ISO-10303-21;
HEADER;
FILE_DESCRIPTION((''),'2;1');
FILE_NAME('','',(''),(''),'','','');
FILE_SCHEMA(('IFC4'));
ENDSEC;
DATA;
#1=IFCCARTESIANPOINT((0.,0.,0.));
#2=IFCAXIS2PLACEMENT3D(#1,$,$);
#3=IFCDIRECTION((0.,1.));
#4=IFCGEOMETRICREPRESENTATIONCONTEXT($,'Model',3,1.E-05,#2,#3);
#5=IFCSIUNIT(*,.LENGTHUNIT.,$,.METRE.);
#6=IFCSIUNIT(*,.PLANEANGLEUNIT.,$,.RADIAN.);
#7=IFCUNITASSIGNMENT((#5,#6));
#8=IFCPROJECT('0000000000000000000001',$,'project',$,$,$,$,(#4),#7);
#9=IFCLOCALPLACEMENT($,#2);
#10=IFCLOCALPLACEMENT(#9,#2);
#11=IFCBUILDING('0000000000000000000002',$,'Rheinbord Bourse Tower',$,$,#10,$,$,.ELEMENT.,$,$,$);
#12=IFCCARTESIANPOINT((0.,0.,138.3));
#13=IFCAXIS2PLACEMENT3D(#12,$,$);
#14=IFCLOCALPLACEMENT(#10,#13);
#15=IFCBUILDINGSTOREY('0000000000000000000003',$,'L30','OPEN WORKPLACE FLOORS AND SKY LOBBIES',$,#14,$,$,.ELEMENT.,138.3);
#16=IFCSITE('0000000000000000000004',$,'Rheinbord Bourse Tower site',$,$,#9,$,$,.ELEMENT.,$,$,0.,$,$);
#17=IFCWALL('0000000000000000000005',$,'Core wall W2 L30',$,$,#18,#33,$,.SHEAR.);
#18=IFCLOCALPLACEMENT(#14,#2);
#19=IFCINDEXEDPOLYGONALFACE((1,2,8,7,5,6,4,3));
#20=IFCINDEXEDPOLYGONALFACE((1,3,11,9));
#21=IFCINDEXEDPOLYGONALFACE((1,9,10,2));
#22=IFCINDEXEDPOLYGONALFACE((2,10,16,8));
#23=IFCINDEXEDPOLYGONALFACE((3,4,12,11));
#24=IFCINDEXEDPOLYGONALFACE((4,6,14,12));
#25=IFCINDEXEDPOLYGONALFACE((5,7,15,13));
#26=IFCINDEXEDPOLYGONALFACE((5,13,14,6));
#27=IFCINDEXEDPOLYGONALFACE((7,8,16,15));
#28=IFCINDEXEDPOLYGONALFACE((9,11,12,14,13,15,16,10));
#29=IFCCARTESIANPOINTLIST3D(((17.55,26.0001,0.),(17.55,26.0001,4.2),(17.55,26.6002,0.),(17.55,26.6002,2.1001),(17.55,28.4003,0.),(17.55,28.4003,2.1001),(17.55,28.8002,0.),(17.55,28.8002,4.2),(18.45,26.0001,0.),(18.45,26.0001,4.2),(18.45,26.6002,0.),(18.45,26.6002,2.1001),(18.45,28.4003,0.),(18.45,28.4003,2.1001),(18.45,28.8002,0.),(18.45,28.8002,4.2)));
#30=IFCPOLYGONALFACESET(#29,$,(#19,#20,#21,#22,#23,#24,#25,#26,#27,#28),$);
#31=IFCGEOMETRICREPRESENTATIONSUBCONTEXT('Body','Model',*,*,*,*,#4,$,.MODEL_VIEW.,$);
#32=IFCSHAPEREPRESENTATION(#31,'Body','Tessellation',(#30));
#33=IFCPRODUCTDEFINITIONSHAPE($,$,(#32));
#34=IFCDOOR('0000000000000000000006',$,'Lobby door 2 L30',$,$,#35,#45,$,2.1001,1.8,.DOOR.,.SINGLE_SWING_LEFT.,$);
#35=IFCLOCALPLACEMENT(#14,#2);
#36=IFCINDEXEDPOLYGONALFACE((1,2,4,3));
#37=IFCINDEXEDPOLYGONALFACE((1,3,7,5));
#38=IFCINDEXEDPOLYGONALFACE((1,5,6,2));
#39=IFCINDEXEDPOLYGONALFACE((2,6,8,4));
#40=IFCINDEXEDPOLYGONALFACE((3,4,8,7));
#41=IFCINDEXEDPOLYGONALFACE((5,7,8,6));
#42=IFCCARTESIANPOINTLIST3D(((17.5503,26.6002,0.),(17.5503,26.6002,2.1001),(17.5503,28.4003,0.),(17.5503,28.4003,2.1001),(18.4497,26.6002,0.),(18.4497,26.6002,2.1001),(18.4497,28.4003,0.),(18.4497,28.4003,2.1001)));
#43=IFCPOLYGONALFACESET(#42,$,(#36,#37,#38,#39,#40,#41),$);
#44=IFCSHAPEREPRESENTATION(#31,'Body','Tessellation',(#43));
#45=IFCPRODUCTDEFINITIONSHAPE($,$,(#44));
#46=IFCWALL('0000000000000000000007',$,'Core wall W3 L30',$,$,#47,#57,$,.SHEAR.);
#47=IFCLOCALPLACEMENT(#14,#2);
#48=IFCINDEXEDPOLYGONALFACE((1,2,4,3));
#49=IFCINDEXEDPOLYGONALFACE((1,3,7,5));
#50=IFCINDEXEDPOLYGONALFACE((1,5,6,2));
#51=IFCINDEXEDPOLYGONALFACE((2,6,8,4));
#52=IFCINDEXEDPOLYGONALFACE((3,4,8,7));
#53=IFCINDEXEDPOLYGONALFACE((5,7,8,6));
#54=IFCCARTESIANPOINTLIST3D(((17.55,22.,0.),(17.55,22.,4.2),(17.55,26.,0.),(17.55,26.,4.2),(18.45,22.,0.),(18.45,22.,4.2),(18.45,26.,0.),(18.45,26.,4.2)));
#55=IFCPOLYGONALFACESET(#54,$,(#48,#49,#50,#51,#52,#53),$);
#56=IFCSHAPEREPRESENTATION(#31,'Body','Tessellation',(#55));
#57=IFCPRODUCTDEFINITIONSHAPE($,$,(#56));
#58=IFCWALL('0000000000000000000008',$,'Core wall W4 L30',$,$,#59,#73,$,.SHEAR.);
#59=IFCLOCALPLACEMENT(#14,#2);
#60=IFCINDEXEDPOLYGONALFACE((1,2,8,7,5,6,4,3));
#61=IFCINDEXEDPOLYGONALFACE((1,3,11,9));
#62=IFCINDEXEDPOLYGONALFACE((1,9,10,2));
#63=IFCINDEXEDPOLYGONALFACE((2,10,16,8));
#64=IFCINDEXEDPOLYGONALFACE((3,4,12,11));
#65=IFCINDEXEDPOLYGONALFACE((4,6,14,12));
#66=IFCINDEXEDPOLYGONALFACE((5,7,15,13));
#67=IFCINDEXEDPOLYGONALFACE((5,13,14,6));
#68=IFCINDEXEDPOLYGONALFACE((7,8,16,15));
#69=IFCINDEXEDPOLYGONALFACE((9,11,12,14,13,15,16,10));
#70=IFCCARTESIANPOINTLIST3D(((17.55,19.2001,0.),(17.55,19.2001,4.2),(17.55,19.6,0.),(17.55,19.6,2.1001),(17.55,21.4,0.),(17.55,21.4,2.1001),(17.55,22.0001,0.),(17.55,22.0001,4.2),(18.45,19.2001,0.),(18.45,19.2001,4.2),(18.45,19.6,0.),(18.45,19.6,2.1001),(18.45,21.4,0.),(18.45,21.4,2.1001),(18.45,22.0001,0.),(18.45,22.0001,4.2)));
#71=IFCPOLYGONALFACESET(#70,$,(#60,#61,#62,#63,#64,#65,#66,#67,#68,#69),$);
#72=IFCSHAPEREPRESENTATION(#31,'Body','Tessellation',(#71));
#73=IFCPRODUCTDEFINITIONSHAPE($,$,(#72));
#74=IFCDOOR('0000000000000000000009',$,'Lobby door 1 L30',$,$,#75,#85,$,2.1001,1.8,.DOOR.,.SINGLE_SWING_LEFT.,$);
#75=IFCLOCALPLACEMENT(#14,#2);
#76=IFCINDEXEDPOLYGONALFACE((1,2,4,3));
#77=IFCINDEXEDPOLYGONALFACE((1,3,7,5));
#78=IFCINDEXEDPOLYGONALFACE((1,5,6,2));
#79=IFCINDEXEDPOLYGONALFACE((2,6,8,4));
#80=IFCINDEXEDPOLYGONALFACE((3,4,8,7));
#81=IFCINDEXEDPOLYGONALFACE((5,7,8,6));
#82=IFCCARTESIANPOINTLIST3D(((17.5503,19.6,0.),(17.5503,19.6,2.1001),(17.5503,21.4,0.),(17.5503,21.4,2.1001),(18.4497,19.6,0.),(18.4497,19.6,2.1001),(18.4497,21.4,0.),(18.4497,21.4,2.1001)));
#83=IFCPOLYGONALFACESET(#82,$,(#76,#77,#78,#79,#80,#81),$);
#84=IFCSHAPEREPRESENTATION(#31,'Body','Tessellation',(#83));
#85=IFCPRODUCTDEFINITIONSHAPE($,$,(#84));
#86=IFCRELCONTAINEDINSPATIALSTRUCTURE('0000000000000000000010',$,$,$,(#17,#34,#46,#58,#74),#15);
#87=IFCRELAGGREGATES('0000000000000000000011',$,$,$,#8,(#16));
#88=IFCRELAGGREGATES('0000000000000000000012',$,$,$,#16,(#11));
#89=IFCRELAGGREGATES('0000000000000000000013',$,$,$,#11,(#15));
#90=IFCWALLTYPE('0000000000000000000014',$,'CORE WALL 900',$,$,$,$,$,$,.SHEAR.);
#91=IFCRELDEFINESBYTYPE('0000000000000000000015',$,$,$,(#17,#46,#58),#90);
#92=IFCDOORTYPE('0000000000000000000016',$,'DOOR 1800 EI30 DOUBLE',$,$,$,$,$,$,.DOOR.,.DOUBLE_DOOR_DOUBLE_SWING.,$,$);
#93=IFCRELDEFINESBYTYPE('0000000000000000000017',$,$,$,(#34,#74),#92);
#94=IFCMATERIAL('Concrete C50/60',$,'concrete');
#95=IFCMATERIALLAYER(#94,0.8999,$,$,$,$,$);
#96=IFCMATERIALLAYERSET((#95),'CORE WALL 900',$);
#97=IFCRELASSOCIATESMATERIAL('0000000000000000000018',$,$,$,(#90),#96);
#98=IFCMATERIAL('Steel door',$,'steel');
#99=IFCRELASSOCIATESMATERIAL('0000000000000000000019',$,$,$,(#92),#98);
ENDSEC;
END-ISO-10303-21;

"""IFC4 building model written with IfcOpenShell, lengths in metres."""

from ifc_helpers import new_model, si_unit, direction, frame, frame_2d, origin, place, context, subcontext, project, spatial, rectangle, extrude, material, layer, layer_set, type_object, element, fill, save


model = new_model("IFC4")

# Units and contexts
model_context = context("Model", 3, precision=1e-05, world=origin(), true_north=direction((0.0, 1.0)))
body_context = subcontext(model_context, "Body", "Model", "MODEL_VIEW")
ifc_project = project(units=[si_unit("LENGTHUNIT", "METRE"), si_unit("PLANEANGLEUNIT", "RADIAN")], contexts=[model_context])

# Site, building, storey
site_placement = place(None, origin())
site = spatial("IfcSite", under=ifc_project, at=site_placement, Name="Rheinbord Bourse Tower site", CompositionType="ELEMENT", RefElevation=0.0)
building_placement = place(site_placement, origin())
building = spatial("IfcBuilding", under=site, at=building_placement, Name="Rheinbord Bourse Tower", CompositionType="ELEMENT")
storey_placement = place(building_placement, frame((0.0, 0.0, 138.3)))
storey = spatial("IfcBuildingStorey", under=building, at=storey_placement, Name="L30", Description="OPEN WORKPLACE FLOORS AND SKY LOBBIES", CompositionType="ELEMENT", Elevation=138.3)

# Wall, opening, door
ifc_material_1 = material(Name="Concrete C50/60", Category="concrete")
ifc_layer_1 = layer(ifc_material_1, 0.8999)
ifc_layer_set_1 = layer_set([ifc_layer_1], Name="CORE WALL 900")
wall_type_1 = type_object("IfcWallType", Name="CORE WALL 900", PredefinedType="SHEAR", material=ifc_layer_set_1)
wall_1_placement = place(storey_placement, frame((18.0, 28.8, 0.0), z_axis=(0.0, 0.0, 1.0), x_axis=(0.0, -1.0, 0.0)))
wall_1 = element("IfcWall", 1, at=wall_1_placement, inside=storey, type_object=wall_type_1, Name="Core wall W2 L30", PredefinedType="SHEAR", context=body_context, shape_type="SweptSolid", body=[
    extrude(rectangle(XDim=2.8, YDim=0.8999, at=frame_2d((1.3999, 0.0))), origin(), (0.0, 0.0, 1.0), 4.2),
])
opening_1_placement = place(wall_1_placement, frame((0.3999, 0.0, 0.0)))
opening_1 = element("IfcOpeningElement", 2, at=opening_1_placement, cuts=wall_1, PredefinedType="OPENING", context=body_context, shape_type="SweptSolid", body=[
    extrude(rectangle(XDim=1.8, YDim=2.1001, at=frame_2d((0.8999, 1.05))), frame((0.0, 0.46, 0.0), z_axis=(0.0, -1.0, 0.0), x_axis=(1.0, 0.0, 0.0)), (0.0, 0.0, 1.0), 0.9199),
])
ifc_material_2 = material(Name="Steel door", Category="steel")
door_type_1 = type_object("IfcDoorType", Name="DOOR 1800 EI30 DOUBLE", OperationType="DOUBLE_DOOR_DOUBLE_SWING", PredefinedType="DOOR", material=ifc_material_2)
door_1_placement = place(opening_1_placement, origin())
door_1 = element("IfcDoor", 3, at=door_1_placement, inside=storey, type_object=door_type_1, Name="Lobby door 2 L30", OperationType="SINGLE_SWING_LEFT", OverallHeight=2.1001, OverallWidth=1.8, PredefinedType="DOOR", context=body_context, shape_type="SweptSolid", body=[
    extrude(rectangle(XDim=1.8, YDim=2.1001, at=frame_2d((0.8999, 1.05))), frame((0.0, 0.4497, 0.0), z_axis=(0.0, -1.0, 0.0), x_axis=(1.0, 0.0, 0.0)), (0.0, 0.0, 1.0), 0.8994),
])
fill(opening_1, door_1)

# Wall
wall_2_placement = place(storey_placement, frame((18.0, 26.0, 0.0), z_axis=(0.0, 0.0, 1.0), x_axis=(0.0, -1.0, 0.0)))
element("IfcWall", 4, at=wall_2_placement, inside=storey, type_object=wall_type_1, Name="Core wall W3 L30", PredefinedType="SHEAR", context=body_context, shape_type="SweptSolid", body=[
    extrude(rectangle(XDim=4.0, YDim=0.8999, at=frame_2d((2.0, 0.0))), origin(), (0.0, 0.0, 1.0), 4.2),
])

# Wall, opening, door
wall_3_placement = place(storey_placement, frame((18.0, 22.0, 0.0), z_axis=(0.0, 0.0, 1.0), x_axis=(0.0, -1.0, 0.0)))
wall_3 = element("IfcWall", 5, at=wall_3_placement, inside=storey, type_object=wall_type_1, Name="Core wall W4 L30", PredefinedType="SHEAR", context=body_context, shape_type="SweptSolid", body=[
    extrude(rectangle(XDim=2.8, YDim=0.8999, at=frame_2d((1.3999, 0.0))), origin(), (0.0, 0.0, 1.0), 4.2),
])
opening_2_placement = place(wall_3_placement, frame((0.6001, 0.0, 0.0)))
opening_2 = element("IfcOpeningElement", 6, at=opening_2_placement, cuts=wall_3, PredefinedType="OPENING", context=body_context, shape_type="SweptSolid", body=[
    extrude(rectangle(XDim=1.8, YDim=2.1001, at=frame_2d((0.8999, 1.05))), frame((0.0, 0.46, 0.0), z_axis=(0.0, -1.0, 0.0), x_axis=(1.0, 0.0, 0.0)), (0.0, 0.0, 1.0), 0.9199),
])
door_2_placement = place(opening_2_placement, origin())
door_2 = element("IfcDoor", 7, at=door_2_placement, inside=storey, type_object=door_type_1, Name="Lobby door 1 L30", OperationType="SINGLE_SWING_LEFT", OverallHeight=2.1001, OverallWidth=1.8, PredefinedType="DOOR", context=body_context, shape_type="SweptSolid", body=[
    extrude(rectangle(XDim=1.8, YDim=2.1001, at=frame_2d((0.8999, 1.05))), frame((0.0, 0.4497, 0.0), z_axis=(0.0, -1.0, 0.0), x_axis=(1.0, 0.0, 0.0)), (0.0, 0.0, 1.0), 0.8994),
])
fill(opening_2, door_2)

save(model, "model.ifc")
